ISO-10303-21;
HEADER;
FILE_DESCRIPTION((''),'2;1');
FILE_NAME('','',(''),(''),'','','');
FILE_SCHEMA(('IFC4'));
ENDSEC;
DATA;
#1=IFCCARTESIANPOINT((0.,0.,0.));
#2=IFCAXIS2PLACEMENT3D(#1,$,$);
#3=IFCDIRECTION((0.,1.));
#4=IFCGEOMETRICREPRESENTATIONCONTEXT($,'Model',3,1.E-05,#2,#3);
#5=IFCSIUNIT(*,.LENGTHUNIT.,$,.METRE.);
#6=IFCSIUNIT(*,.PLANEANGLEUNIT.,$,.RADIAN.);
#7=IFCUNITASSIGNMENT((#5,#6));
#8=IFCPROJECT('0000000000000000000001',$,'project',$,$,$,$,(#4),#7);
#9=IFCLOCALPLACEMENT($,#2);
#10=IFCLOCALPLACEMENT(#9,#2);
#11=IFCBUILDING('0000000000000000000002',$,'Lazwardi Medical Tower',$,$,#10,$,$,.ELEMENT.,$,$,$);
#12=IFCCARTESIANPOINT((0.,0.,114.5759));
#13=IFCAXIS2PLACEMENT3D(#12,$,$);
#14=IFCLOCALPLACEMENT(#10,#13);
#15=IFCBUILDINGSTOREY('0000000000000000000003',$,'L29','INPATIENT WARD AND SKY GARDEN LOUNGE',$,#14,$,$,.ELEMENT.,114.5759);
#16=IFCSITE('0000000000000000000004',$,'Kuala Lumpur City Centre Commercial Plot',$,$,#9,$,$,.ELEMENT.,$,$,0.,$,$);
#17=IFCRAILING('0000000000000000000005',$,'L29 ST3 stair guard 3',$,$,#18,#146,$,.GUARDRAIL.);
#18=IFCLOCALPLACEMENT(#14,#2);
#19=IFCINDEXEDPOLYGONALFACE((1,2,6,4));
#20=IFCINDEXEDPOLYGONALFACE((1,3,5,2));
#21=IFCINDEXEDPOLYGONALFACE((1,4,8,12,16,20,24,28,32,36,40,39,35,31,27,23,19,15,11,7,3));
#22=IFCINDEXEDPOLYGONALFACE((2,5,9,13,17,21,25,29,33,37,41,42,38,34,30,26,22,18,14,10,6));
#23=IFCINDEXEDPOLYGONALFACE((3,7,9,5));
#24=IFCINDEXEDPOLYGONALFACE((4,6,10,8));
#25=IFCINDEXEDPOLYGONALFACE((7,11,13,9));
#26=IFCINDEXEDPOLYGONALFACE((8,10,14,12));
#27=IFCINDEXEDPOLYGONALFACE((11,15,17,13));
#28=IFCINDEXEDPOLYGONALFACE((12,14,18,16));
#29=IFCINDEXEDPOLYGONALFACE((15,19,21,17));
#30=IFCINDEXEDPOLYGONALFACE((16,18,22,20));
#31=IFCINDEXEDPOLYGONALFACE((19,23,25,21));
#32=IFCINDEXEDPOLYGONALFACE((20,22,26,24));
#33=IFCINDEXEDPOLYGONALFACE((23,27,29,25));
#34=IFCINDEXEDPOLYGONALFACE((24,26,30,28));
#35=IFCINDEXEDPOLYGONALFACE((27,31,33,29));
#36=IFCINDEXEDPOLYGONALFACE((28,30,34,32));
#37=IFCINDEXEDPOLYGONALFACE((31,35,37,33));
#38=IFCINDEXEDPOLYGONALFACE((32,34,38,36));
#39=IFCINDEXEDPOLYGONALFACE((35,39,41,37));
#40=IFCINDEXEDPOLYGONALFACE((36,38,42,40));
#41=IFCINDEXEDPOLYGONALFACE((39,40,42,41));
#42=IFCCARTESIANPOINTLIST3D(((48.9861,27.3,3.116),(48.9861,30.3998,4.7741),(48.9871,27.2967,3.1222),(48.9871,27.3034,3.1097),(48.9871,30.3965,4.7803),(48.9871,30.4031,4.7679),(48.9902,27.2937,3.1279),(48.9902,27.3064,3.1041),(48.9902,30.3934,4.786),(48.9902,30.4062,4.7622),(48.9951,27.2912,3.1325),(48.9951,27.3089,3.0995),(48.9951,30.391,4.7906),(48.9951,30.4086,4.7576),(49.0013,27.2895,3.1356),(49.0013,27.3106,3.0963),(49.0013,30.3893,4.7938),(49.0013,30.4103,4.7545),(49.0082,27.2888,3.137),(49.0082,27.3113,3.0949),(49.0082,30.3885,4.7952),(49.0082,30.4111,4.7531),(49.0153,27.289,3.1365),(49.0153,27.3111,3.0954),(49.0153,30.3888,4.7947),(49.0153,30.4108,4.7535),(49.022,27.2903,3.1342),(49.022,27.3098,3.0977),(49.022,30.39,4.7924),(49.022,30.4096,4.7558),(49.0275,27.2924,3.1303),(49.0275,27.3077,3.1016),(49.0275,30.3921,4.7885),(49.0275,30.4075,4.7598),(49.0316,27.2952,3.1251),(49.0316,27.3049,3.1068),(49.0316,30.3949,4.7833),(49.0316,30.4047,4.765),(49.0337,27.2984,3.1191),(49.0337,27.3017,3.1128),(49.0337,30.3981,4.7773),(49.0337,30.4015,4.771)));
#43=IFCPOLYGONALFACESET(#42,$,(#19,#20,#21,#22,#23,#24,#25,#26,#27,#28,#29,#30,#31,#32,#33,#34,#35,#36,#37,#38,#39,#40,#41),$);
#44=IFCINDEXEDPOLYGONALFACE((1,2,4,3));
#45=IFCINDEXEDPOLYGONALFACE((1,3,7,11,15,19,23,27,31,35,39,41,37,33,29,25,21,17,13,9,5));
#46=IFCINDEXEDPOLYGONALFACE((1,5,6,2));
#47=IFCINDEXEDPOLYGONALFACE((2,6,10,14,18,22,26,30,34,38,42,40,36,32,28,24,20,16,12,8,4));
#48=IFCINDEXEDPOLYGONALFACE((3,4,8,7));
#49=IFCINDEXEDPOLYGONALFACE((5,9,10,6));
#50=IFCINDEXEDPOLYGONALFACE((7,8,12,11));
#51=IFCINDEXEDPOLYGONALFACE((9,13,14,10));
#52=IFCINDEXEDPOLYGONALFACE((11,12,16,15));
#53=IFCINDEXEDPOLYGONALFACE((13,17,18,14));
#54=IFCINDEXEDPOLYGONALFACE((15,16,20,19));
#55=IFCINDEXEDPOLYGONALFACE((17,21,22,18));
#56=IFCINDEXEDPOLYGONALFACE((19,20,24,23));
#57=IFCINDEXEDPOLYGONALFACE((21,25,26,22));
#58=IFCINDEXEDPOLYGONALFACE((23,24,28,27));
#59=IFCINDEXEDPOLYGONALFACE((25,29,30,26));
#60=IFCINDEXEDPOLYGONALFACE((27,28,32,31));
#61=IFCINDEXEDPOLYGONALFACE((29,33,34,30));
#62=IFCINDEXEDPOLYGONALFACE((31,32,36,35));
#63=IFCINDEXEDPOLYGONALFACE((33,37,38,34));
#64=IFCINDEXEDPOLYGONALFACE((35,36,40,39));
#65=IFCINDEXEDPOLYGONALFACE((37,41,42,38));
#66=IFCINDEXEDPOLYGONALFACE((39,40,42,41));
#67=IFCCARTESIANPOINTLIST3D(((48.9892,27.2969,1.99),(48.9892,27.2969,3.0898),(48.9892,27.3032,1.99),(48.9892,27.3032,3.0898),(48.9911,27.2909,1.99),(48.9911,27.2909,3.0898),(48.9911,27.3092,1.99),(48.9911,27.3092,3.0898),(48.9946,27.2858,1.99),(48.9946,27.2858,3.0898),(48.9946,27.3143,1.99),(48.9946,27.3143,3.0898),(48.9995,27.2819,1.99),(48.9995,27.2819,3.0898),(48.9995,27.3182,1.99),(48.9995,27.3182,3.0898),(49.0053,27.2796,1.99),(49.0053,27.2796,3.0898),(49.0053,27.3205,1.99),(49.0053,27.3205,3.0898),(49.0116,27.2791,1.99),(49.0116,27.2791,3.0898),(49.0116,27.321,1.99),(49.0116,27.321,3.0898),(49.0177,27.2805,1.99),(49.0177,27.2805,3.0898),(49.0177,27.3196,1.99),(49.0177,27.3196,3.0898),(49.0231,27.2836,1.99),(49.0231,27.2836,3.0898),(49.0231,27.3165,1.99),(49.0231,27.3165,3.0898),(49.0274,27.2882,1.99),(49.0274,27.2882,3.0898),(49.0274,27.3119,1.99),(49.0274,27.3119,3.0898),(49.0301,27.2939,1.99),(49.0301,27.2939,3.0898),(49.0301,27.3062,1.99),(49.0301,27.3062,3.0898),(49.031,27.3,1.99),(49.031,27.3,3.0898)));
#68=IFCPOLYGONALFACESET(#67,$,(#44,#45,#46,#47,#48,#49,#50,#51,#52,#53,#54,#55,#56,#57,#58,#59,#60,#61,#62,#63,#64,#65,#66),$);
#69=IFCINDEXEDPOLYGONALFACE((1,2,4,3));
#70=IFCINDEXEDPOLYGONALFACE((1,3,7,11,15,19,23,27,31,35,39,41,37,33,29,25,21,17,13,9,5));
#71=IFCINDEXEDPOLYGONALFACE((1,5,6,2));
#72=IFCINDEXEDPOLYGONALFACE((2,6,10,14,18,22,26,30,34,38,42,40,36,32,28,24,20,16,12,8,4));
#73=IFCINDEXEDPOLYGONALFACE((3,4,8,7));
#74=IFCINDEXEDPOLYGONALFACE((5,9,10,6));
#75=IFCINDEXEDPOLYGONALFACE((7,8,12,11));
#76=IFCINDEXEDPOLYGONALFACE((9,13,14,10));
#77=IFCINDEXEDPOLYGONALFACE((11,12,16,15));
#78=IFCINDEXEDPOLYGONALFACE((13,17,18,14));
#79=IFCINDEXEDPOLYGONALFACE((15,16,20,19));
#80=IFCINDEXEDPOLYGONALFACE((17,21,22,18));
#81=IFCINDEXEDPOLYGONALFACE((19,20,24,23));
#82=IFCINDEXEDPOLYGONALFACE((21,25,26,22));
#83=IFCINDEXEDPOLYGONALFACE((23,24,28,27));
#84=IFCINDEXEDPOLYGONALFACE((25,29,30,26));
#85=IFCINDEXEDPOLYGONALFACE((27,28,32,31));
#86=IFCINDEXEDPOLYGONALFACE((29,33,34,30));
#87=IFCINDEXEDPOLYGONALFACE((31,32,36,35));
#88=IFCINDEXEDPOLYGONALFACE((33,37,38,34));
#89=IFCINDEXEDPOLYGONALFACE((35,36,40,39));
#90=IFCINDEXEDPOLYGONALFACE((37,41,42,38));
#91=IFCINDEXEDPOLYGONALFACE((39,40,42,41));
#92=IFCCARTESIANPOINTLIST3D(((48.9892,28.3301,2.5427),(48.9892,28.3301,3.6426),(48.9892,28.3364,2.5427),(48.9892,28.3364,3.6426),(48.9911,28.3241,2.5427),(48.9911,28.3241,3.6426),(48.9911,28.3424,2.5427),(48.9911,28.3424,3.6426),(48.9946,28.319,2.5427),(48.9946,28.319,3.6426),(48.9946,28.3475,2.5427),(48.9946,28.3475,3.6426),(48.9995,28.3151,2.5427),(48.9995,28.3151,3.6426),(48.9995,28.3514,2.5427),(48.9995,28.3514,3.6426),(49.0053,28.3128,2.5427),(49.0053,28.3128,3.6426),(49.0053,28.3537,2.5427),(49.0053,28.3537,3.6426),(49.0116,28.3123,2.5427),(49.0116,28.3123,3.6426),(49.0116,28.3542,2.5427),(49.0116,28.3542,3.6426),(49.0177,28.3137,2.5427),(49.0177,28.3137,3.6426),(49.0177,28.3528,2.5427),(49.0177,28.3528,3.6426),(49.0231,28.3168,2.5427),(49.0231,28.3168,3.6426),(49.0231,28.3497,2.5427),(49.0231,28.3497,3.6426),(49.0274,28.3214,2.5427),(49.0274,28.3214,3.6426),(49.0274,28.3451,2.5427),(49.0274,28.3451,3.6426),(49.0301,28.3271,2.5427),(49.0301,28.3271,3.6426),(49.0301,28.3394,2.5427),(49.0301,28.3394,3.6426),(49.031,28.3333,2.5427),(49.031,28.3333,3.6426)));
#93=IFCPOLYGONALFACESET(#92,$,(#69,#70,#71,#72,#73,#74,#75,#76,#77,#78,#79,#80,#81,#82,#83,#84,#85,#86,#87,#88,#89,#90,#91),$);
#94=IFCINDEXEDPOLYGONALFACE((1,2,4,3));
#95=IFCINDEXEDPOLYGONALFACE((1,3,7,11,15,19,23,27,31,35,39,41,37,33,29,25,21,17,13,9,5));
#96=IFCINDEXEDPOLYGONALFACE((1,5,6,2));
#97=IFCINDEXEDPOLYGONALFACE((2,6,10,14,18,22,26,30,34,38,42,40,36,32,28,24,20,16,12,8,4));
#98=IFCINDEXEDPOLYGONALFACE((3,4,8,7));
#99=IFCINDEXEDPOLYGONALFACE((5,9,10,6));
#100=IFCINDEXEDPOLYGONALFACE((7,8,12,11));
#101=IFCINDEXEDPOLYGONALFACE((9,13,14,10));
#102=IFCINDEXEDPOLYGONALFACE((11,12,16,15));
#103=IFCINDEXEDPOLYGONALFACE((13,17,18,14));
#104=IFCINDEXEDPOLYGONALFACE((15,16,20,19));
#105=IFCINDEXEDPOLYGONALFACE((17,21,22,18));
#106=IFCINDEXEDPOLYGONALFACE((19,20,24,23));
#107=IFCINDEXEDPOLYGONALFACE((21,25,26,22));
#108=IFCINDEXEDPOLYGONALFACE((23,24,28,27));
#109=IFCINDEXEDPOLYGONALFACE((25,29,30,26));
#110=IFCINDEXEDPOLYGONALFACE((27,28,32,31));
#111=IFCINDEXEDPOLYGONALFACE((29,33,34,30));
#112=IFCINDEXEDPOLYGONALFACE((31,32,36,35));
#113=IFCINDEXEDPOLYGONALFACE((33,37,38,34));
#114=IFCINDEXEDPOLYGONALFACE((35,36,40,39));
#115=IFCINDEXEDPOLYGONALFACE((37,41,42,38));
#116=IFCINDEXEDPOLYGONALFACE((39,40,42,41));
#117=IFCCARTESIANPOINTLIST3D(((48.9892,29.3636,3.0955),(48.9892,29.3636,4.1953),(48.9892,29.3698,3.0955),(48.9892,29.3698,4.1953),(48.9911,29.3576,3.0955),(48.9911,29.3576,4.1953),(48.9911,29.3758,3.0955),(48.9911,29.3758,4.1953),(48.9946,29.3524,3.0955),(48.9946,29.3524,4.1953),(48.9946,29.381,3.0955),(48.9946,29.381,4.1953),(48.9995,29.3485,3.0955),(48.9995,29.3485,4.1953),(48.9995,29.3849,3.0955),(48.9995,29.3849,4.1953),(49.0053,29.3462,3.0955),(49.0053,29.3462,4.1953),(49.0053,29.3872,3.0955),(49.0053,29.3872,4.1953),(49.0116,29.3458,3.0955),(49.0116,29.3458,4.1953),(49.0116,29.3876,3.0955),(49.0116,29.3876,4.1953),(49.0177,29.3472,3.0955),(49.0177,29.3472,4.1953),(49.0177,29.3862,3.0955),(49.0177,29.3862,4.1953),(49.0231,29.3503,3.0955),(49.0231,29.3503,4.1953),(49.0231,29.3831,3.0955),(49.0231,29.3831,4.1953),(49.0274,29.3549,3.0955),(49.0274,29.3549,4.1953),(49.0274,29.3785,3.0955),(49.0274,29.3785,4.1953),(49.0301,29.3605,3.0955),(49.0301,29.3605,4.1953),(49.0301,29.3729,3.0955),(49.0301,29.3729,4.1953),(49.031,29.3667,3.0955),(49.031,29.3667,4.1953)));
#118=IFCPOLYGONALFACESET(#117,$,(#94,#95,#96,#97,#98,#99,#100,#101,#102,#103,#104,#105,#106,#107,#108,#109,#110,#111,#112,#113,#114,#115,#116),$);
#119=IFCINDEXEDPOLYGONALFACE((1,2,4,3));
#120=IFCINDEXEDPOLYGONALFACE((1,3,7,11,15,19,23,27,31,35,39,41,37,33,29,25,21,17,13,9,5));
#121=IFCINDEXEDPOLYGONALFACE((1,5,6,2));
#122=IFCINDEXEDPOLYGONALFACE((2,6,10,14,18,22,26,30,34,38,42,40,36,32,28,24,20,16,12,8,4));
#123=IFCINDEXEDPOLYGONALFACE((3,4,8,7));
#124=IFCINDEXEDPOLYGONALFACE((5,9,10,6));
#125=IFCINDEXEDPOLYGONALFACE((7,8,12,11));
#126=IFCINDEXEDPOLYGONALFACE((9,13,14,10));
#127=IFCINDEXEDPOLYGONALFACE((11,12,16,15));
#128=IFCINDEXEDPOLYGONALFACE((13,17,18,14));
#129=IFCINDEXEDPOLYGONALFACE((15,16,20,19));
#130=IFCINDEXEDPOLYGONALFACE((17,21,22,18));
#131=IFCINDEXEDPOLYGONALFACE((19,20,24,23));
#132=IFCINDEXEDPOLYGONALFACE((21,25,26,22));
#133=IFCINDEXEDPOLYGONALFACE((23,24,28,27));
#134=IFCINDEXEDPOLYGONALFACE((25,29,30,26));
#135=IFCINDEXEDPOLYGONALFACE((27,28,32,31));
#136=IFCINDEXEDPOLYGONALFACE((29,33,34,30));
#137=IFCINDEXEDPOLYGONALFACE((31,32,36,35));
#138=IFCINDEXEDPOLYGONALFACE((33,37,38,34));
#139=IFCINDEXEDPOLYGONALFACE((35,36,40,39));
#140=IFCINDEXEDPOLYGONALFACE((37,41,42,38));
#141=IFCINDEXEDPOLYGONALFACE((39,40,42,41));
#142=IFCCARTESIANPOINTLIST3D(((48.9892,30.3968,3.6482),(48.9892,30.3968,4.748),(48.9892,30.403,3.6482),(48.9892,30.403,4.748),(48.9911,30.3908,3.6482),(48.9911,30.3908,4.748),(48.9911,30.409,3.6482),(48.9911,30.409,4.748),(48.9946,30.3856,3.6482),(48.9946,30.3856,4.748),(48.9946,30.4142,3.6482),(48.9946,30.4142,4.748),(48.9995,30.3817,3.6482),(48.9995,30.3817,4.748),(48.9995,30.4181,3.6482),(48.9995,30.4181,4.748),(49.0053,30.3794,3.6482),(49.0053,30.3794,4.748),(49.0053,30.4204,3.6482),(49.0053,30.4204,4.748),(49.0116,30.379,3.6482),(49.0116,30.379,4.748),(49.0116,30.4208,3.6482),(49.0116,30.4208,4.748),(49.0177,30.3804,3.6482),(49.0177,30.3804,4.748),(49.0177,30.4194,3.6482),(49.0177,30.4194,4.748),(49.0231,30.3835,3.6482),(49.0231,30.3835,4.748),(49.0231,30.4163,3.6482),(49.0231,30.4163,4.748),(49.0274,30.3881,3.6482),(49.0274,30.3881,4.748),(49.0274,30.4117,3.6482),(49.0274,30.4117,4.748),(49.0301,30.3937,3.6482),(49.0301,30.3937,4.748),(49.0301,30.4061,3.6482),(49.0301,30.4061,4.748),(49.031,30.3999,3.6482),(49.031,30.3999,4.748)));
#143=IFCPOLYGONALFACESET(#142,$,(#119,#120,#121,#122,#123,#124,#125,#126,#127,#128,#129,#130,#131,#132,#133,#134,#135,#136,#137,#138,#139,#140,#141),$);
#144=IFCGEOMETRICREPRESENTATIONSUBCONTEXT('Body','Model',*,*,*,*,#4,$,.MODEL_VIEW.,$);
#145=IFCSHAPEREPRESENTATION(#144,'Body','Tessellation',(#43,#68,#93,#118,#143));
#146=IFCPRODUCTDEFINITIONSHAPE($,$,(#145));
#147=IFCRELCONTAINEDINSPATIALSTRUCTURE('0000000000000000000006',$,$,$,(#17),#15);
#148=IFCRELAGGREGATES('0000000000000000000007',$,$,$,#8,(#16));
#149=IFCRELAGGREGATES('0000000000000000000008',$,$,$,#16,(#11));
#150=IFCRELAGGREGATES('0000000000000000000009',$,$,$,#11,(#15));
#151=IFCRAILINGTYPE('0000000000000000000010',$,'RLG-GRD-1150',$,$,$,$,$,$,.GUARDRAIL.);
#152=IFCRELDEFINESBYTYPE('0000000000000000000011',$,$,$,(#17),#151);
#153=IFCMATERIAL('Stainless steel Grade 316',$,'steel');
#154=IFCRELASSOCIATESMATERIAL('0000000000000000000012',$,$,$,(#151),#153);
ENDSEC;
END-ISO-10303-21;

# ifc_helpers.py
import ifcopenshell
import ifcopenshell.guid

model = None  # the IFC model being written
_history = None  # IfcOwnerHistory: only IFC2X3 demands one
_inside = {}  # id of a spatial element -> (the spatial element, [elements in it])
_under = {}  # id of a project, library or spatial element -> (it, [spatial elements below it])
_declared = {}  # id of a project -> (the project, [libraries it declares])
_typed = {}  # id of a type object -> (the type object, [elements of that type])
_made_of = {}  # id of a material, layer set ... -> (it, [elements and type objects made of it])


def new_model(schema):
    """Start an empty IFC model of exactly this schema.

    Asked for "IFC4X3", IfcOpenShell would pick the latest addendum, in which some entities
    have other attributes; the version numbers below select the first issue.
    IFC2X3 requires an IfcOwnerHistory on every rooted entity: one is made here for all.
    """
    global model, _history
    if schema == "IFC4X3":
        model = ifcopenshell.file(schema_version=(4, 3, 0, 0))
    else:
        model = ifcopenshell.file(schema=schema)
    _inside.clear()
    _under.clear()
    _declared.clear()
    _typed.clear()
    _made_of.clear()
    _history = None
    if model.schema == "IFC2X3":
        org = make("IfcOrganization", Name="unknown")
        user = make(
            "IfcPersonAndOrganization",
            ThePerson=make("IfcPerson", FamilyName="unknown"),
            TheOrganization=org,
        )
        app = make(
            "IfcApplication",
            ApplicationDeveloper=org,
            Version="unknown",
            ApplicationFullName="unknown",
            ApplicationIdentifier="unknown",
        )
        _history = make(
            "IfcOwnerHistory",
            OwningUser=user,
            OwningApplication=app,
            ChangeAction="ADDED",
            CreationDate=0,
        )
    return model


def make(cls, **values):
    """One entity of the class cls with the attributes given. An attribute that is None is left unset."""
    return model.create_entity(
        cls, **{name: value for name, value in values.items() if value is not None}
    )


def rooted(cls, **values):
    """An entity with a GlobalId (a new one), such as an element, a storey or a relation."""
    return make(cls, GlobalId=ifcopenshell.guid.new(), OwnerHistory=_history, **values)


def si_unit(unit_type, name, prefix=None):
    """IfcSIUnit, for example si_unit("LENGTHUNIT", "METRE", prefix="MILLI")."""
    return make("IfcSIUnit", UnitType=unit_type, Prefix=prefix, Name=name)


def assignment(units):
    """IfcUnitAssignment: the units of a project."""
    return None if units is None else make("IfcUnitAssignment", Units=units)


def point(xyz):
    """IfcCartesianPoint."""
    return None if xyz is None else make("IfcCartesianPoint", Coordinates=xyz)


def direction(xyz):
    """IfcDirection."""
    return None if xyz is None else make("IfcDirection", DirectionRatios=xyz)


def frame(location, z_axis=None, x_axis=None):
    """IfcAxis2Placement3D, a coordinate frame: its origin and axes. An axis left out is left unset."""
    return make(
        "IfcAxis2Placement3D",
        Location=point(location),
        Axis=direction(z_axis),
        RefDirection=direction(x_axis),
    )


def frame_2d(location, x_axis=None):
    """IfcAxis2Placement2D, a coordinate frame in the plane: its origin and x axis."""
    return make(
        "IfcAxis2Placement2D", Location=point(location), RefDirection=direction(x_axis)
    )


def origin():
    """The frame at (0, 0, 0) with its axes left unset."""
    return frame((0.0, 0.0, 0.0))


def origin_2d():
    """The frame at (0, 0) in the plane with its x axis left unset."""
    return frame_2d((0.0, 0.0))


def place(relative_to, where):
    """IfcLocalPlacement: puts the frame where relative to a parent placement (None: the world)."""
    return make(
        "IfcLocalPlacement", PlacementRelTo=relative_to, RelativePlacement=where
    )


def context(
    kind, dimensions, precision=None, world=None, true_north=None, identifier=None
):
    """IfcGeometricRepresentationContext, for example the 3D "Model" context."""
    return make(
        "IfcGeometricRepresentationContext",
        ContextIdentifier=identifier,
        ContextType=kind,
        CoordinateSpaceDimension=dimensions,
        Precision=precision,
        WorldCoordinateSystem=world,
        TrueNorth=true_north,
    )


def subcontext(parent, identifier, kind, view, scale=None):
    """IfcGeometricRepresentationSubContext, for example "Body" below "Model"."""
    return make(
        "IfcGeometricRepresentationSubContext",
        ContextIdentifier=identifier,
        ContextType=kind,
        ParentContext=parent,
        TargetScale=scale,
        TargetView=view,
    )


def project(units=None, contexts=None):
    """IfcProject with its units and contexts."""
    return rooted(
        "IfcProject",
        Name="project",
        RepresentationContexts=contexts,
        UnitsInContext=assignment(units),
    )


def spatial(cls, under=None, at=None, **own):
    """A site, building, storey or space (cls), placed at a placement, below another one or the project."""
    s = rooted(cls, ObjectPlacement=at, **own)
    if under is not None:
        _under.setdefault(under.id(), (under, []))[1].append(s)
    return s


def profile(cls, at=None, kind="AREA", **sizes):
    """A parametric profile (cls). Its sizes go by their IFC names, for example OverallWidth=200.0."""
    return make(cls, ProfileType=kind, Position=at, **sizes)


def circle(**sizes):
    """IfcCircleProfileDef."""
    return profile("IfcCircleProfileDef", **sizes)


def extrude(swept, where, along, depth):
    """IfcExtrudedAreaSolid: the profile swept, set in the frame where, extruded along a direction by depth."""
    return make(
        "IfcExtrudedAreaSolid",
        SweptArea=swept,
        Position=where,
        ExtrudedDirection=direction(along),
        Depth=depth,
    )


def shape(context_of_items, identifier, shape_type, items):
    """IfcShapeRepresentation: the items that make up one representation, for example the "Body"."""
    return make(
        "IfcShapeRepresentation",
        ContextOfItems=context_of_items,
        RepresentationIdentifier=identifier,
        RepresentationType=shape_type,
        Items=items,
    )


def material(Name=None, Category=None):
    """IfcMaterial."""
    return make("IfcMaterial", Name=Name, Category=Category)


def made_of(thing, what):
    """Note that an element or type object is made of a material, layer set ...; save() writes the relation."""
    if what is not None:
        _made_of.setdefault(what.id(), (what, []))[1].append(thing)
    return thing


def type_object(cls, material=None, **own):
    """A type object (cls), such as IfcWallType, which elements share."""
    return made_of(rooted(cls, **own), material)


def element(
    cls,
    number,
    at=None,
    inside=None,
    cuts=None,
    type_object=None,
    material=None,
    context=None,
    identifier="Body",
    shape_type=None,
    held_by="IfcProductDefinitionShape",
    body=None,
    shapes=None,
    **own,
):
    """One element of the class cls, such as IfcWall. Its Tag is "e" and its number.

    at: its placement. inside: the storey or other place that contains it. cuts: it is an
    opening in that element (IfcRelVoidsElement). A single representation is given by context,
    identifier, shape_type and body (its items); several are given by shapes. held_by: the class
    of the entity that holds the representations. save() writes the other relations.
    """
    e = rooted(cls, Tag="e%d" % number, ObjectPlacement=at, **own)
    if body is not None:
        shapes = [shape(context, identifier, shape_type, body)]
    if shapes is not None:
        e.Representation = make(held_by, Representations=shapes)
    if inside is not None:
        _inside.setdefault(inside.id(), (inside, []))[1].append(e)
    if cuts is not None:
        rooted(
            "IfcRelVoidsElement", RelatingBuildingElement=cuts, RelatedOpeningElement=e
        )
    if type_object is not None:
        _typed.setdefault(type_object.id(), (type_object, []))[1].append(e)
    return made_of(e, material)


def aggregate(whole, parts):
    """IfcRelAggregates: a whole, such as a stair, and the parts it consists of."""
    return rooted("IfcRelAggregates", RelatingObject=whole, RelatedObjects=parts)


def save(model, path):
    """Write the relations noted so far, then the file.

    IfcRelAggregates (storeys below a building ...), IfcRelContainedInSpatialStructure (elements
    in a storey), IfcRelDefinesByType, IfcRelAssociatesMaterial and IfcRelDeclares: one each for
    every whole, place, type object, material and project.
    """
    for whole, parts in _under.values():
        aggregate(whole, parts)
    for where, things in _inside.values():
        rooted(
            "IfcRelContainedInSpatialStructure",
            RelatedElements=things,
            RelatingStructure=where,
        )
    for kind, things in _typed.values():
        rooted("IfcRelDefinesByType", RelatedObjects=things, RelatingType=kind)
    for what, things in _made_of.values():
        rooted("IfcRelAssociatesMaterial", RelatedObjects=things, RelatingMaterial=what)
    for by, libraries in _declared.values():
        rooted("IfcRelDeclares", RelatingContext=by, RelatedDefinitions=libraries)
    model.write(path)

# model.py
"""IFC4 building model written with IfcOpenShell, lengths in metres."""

from ifc_helpers import new_model, si_unit, direction, frame, origin, origin_2d, place, context, subcontext, project, spatial, circle, extrude, material, type_object, element, save


model = new_model("IFC4")

# Units and contexts
model_context = context("Model", 3, precision=1e-05, world=origin(), true_north=direction((0.0, 1.0)))
body_context = subcontext(model_context, "Body", "Model", "MODEL_VIEW")
ifc_project = project(units=[si_unit("LENGTHUNIT", "METRE"), si_unit("PLANEANGLEUNIT", "RADIAN")], contexts=[model_context])

# Site, building, storey
site_placement = place(None, origin())
site = spatial("IfcSite", under=ifc_project, at=site_placement, Name="Kuala Lumpur City Centre Commercial Plot", CompositionType="ELEMENT", RefElevation=0.0)
building_placement = place(site_placement, origin())
building = spatial("IfcBuilding", under=site, at=building_placement, Name="Lazwardi Medical Tower", CompositionType="ELEMENT")
storey_placement = place(building_placement, frame((0.0, 0.0, 114.5759)))
storey = spatial("IfcBuildingStorey", under=building, at=storey_placement, Name="L29", Description="INPATIENT WARD AND SKY GARDEN LOUNGE", CompositionType="ELEMENT", Elevation=114.5759)

# Railing
ifc_material_1 = material(Name="Stainless steel Grade 316", Category="steel")
railing_type_1 = type_object("IfcRailingType", Name="RLG-GRD-1150", PredefinedType="GUARDRAIL", material=ifc_material_1)
railing_1_placement = place(storey_placement, frame((49.01, 27.3, 1.99)))
element("IfcRailing", 1, at=railing_1_placement, inside=storey, type_object=railing_type_1, Name="L29 ST3 stair guard 3", PredefinedType="GUARDRAIL", context=body_context, shape_type="SweptSolid", body=[
    extrude(circle(Radius=0.0239, at=origin_2d()), frame((0.0, 0.0, 1.126), z_axis=(0.0, 0.881768, 0.471684), x_axis=(-1.0, 0.0, 0.0)), (0.0, 0.0, 1.0), 3.5154),
    extrude(circle(Radius=0.021, at=origin_2d()), origin(), (0.0, 0.0, 1.0), 1.0999),
    extrude(circle(Radius=0.021, at=origin_2d()), frame((0.0, 1.0332, 0.5527)), (0.0, 0.0, 1.0), 1.0999),
    extrude(circle(Radius=0.021, at=origin_2d()), frame((0.0, 2.0667, 1.1055)), (0.0, 0.0, 1.0), 1.0999),
    extrude(circle(Radius=0.021, at=origin_2d()), frame((0.0, 3.0999, 1.6582)), (0.0, 0.0, 1.0), 1.0999),
])

save(model, "model.ifc")
